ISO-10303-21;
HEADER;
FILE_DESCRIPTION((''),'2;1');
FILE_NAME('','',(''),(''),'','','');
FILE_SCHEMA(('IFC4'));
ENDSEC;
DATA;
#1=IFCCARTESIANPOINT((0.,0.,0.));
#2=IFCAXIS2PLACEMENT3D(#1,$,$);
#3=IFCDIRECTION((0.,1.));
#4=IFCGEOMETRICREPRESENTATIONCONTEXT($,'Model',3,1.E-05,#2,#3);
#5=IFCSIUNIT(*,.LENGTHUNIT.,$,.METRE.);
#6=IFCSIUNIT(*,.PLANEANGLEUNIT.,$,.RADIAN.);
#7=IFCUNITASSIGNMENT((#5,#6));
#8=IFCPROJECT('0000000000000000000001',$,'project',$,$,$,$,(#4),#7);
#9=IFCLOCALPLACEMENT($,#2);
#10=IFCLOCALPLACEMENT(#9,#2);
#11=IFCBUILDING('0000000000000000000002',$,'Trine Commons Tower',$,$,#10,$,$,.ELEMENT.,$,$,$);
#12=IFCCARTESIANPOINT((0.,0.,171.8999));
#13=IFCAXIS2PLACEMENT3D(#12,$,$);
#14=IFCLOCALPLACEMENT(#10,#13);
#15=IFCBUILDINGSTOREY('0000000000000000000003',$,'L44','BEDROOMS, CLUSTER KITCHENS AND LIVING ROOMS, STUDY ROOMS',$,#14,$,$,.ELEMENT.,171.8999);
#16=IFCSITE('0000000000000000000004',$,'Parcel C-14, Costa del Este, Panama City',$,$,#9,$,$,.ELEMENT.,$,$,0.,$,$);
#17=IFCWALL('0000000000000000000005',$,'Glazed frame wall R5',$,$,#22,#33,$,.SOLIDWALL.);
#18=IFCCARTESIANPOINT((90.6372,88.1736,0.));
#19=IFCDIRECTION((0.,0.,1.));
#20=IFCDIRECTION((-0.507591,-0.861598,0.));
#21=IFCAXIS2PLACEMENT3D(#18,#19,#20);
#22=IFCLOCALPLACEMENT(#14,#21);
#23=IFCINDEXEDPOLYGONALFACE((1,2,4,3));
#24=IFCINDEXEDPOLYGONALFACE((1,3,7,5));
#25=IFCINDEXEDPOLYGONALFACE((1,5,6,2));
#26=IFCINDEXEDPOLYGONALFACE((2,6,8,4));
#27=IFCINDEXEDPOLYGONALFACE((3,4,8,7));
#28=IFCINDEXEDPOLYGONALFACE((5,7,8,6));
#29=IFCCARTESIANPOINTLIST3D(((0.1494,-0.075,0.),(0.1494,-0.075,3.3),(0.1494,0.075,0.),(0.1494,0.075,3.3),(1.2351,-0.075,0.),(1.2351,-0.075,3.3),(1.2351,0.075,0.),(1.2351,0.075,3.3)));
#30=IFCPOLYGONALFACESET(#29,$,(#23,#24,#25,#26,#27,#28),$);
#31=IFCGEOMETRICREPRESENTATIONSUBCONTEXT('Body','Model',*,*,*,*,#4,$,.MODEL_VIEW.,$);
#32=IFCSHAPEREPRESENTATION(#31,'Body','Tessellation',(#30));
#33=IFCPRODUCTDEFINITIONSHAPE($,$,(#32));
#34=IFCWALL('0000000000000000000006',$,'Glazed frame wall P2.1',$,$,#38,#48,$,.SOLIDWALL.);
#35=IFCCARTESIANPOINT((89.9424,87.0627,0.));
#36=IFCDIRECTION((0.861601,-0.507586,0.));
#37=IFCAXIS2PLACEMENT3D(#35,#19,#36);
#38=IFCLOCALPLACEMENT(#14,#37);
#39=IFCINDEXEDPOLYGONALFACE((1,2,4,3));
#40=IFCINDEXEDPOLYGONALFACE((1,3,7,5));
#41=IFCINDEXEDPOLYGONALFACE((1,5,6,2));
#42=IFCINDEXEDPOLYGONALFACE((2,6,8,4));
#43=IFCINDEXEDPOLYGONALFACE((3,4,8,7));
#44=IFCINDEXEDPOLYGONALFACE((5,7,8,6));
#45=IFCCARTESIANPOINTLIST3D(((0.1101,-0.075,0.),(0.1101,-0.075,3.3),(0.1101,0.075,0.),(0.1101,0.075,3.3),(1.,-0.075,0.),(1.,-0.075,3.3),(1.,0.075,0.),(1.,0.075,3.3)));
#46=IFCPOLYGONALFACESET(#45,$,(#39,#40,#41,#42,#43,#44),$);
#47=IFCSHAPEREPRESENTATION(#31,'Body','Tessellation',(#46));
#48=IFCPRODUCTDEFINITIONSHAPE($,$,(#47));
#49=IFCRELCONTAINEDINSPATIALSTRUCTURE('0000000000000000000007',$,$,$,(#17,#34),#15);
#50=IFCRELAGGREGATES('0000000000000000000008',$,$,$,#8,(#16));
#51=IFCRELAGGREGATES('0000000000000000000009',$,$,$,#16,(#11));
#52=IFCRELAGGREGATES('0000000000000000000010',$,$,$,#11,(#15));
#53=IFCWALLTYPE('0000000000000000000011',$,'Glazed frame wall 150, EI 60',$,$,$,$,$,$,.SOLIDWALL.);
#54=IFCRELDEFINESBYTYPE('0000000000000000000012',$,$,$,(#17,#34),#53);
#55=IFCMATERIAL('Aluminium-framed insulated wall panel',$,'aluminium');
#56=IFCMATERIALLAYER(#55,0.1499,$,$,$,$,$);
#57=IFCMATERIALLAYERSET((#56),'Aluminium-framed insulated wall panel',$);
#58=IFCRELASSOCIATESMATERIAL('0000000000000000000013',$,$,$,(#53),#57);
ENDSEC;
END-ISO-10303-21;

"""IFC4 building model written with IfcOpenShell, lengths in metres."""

from ifc_helpers import new_model, si_unit, direction, frame, origin, place, context, subcontext, project, spatial, polyline, outline, extrude, material, layer, layer_set, type_object, element, save


model = new_model("IFC4")

# Units and contexts
model_context = context("Model", 3, precision=1e-05, world=origin(), true_north=direction((0.0, 1.0)))
body_context = subcontext(model_context, "Body", "Model", "MODEL_VIEW")
ifc_project = project(units=[si_unit("LENGTHUNIT", "METRE"), si_unit("PLANEANGLEUNIT", "RADIAN")], contexts=[model_context])

# Site, building, storey
site_placement = place(None, origin())
site = spatial("IfcSite", under=ifc_project, at=site_placement, Name="Parcel C-14, Costa del Este, Panama City", CompositionType="ELEMENT", RefElevation=0.0)
building_placement = place(site_placement, origin())
building = spatial("IfcBuilding", under=site, at=building_placement, Name="Trine Commons Tower", CompositionType="ELEMENT")
storey_placement = place(building_placement, frame((0.0, 0.0, 171.8999)))
storey = spatial("IfcBuildingStorey", under=building, at=storey_placement, Name="L44", Description="BEDROOMS, CLUSTER KITCHENS AND LIVING ROOMS, STUDY ROOMS", CompositionType="ELEMENT", Elevation=171.8999)

# Walls
ifc_material_1 = material(Name="Aluminium-framed insulated wall panel", Category="aluminium")
ifc_layer_1 = layer(ifc_material_1, 0.1499)
ifc_layer_set_1 = layer_set([ifc_layer_1], Name="Aluminium-framed insulated wall panel")
wall_type_1 = type_object("IfcWallType", Name="Glazed frame wall 150, EI 60", PredefinedType="SOLIDWALL", material=ifc_layer_set_1)
wall_1_placement = place(storey_placement, frame((90.6372, 88.1736, 0.0), z_axis=(0.0, 0.0, 1.0), x_axis=(-0.507591, -0.861598, 0.0)))
element("IfcWall", 1, at=wall_1_placement, inside=storey, type_object=wall_type_1, Name="Glazed frame wall R5", PredefinedType="SOLIDWALL", context=body_context, shape_type="SweptSolid", body=[
    extrude(outline(polyline([(0.1494, 0.075), (0.1494, -0.075), (1.2351, -0.075), (1.2351, 0.075), (0.1494, 0.075)])), origin(), (0.0, 0.0, 1.0), 3.3),
])
wall_2_placement = place(storey_placement, frame((89.9424, 87.0627, 0.0), z_axis=(0.0, 0.0, 1.0), x_axis=(0.861601, -0.507586, 0.0)))
element("IfcWall", 2, at=wall_2_placement, inside=storey, type_object=wall_type_1, Name="Glazed frame wall P2.1", PredefinedType="SOLIDWALL", context=body_context, shape_type="SweptSolid", body=[
    extrude(outline(polyline([(0.1101, -0.075), (1.0, -0.075), (1.0, 0.075), (0.1101, 0.075), (0.1101, -0.075)])), origin(), (0.0, 0.0, 1.0), 3.3),
])

save(model, "model.ifc")
